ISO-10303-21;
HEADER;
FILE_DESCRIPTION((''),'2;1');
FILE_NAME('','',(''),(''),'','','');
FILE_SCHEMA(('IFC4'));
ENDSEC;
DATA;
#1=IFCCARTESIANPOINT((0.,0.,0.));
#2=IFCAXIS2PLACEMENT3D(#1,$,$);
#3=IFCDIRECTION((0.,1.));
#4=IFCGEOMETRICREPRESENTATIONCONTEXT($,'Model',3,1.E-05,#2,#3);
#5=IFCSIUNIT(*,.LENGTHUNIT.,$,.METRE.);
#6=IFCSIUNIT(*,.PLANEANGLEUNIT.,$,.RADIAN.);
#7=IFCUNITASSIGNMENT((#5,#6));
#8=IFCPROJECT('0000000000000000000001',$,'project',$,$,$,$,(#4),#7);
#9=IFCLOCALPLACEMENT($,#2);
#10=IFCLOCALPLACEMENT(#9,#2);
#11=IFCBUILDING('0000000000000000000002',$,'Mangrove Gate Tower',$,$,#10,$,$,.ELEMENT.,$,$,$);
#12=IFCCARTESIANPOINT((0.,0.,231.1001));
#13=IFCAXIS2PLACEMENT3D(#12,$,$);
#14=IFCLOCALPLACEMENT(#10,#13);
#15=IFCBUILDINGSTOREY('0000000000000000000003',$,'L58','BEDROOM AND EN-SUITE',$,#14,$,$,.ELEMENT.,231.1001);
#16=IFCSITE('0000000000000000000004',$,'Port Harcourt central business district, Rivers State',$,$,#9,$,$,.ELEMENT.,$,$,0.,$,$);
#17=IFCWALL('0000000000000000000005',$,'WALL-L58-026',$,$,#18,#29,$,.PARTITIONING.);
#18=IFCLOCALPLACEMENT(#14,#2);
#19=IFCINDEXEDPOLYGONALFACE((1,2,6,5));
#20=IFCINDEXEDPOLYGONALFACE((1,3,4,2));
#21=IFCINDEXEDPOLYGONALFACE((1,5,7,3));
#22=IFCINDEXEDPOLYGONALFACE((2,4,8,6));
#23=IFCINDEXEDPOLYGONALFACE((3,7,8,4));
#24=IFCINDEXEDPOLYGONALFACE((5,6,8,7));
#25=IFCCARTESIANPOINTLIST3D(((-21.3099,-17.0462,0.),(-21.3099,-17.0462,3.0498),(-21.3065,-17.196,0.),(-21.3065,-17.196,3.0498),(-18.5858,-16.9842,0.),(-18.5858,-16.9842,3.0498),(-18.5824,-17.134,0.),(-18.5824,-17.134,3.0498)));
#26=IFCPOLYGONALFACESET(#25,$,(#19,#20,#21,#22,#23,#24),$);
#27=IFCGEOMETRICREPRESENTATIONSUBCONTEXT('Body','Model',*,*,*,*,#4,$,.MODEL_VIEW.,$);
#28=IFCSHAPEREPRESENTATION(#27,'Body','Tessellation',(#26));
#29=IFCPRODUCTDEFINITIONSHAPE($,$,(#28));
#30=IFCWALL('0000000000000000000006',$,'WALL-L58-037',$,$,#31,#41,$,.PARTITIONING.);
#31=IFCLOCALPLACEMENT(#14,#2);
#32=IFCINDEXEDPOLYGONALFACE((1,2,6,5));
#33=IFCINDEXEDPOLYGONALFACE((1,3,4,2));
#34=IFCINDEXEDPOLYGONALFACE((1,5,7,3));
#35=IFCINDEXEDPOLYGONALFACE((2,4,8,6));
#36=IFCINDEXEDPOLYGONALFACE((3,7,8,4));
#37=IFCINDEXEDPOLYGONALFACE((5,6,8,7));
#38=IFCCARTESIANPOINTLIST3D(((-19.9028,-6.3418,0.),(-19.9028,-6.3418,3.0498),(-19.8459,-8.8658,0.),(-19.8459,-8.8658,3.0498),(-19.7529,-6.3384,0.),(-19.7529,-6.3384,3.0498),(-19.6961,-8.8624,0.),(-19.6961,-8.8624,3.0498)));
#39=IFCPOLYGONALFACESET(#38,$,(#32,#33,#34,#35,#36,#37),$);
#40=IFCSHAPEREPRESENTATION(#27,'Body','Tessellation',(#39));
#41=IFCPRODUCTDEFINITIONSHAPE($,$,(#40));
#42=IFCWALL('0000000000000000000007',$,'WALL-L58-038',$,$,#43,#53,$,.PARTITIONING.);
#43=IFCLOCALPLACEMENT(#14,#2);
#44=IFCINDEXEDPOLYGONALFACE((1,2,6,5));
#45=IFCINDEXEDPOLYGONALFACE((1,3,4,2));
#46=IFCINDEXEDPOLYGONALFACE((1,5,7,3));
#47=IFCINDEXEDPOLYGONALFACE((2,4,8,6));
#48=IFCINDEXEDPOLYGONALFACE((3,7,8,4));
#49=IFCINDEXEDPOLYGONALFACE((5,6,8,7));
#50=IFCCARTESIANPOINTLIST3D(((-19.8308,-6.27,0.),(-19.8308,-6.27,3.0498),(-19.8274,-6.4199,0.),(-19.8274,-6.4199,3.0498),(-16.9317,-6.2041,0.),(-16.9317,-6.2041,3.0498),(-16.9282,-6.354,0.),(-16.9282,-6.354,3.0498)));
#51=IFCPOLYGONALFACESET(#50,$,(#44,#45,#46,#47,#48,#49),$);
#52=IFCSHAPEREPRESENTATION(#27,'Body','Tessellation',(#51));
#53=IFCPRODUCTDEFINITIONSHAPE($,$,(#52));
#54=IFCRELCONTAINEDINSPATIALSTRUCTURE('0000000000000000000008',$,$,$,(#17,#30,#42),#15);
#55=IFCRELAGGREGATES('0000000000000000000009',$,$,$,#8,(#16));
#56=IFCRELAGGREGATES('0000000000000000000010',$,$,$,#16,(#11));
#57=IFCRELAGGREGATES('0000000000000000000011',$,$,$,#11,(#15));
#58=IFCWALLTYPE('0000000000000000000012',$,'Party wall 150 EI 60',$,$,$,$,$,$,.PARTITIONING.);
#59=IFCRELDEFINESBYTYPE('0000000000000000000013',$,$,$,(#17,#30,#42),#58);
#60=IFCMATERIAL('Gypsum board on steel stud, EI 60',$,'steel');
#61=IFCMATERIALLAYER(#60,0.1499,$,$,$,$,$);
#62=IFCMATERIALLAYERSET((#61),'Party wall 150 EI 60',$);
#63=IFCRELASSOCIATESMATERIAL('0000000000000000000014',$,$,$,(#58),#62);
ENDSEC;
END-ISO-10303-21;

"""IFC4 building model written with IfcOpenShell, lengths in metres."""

from ifc_helpers import new_model, si_unit, direction, frame, frame_2d, origin, place, context, subcontext, project, spatial, rectangle, extrude, material, layer, layer_set, type_object, element, save


model = new_model("IFC4")

# Units and contexts
model_context = context("Model", 3, precision=1e-05, world=origin(), true_north=direction((0.0, 1.0)))
body_context = subcontext(model_context, "Body", "Model", "MODEL_VIEW")
ifc_project = project(units=[si_unit("LENGTHUNIT", "METRE"), si_unit("PLANEANGLEUNIT", "RADIAN")], contexts=[model_context])

# Site, building, storey
site_placement = place(None, origin())
site = spatial("IfcSite", under=ifc_project, at=site_placement, Name="Port Harcourt central business district, Rivers State", CompositionType="ELEMENT", RefElevation=0.0)
building_placement = place(site_placement, origin())
building = spatial("IfcBuilding", under=site, at=building_placement, Name="Mangrove Gate Tower", CompositionType="ELEMENT")
storey_placement = place(building_placement, frame((0.0, 0.0, 231.1001)))
storey = spatial("IfcBuildingStorey", under=building, at=storey_placement, Name="L58", Description="BEDROOM AND EN-SUITE", CompositionType="ELEMENT", Elevation=231.1001)

# Walls
ifc_material_1 = material(Name="Gypsum board on steel stud, EI 60", Category="steel")
ifc_layer_1 = layer(ifc_material_1, 0.1499)
ifc_layer_set_1 = layer_set([ifc_layer_1], Name="Party wall 150 EI 60")
wall_type_1 = type_object("IfcWallType", Name="Party wall 150 EI 60", PredefinedType="PARTITIONING", material=ifc_layer_set_1)
wall_1_placement = place(storey_placement, frame((-21.3081, -17.1211, 0.0), z_axis=(0.0, 0.0, 1.0), x_axis=(0.999741, 0.022758, 0.0)))
element("IfcWall", 1, at=wall_1_placement, inside=storey, type_object=wall_type_1, Name="WALL-L58-026", PredefinedType="PARTITIONING", context=body_context, shape_type="SweptSolid", body=[
    extrude(rectangle(XDim=2.7249, YDim=0.1499, at=frame_2d((1.3623, 0.0))), origin(), (0.0, 0.0, 1.0), 3.0498),
])
wall_2_placement = place(storey_placement, frame((-19.771, -8.864, 0.0), z_axis=(0.0, 0.0, 1.0), x_axis=(-0.022532, 0.999746, 0.0)))
element("IfcWall", 2, at=wall_2_placement, inside=storey, type_object=wall_type_1, Name="WALL-L58-037", PredefinedType="PARTITIONING", context=body_context, shape_type="SweptSolid", body=[
    extrude(rectangle(XDim=2.5247, YDim=0.1499, at=frame_2d((1.2622, 0.0))), origin(), (0.0, 0.0, 1.0), 3.0498),
])
wall_3_placement = place(storey_placement, frame((-19.8291, -6.345, 0.0), z_axis=(0.0, 0.0, 1.0), x_axis=(0.999742, 0.022731, 0.0)))
element("IfcWall", 3, at=wall_3_placement, inside=storey, type_object=wall_type_1, Name="WALL-L58-038", PredefinedType="PARTITIONING", context=body_context, shape_type="SweptSolid", body=[
    extrude(rectangle(XDim=2.8999, YDim=0.1499, at=frame_2d((1.45, 0.0))), origin(), (0.0, 0.0, 1.0), 3.0498),
])

save(model, "model.ifc")
